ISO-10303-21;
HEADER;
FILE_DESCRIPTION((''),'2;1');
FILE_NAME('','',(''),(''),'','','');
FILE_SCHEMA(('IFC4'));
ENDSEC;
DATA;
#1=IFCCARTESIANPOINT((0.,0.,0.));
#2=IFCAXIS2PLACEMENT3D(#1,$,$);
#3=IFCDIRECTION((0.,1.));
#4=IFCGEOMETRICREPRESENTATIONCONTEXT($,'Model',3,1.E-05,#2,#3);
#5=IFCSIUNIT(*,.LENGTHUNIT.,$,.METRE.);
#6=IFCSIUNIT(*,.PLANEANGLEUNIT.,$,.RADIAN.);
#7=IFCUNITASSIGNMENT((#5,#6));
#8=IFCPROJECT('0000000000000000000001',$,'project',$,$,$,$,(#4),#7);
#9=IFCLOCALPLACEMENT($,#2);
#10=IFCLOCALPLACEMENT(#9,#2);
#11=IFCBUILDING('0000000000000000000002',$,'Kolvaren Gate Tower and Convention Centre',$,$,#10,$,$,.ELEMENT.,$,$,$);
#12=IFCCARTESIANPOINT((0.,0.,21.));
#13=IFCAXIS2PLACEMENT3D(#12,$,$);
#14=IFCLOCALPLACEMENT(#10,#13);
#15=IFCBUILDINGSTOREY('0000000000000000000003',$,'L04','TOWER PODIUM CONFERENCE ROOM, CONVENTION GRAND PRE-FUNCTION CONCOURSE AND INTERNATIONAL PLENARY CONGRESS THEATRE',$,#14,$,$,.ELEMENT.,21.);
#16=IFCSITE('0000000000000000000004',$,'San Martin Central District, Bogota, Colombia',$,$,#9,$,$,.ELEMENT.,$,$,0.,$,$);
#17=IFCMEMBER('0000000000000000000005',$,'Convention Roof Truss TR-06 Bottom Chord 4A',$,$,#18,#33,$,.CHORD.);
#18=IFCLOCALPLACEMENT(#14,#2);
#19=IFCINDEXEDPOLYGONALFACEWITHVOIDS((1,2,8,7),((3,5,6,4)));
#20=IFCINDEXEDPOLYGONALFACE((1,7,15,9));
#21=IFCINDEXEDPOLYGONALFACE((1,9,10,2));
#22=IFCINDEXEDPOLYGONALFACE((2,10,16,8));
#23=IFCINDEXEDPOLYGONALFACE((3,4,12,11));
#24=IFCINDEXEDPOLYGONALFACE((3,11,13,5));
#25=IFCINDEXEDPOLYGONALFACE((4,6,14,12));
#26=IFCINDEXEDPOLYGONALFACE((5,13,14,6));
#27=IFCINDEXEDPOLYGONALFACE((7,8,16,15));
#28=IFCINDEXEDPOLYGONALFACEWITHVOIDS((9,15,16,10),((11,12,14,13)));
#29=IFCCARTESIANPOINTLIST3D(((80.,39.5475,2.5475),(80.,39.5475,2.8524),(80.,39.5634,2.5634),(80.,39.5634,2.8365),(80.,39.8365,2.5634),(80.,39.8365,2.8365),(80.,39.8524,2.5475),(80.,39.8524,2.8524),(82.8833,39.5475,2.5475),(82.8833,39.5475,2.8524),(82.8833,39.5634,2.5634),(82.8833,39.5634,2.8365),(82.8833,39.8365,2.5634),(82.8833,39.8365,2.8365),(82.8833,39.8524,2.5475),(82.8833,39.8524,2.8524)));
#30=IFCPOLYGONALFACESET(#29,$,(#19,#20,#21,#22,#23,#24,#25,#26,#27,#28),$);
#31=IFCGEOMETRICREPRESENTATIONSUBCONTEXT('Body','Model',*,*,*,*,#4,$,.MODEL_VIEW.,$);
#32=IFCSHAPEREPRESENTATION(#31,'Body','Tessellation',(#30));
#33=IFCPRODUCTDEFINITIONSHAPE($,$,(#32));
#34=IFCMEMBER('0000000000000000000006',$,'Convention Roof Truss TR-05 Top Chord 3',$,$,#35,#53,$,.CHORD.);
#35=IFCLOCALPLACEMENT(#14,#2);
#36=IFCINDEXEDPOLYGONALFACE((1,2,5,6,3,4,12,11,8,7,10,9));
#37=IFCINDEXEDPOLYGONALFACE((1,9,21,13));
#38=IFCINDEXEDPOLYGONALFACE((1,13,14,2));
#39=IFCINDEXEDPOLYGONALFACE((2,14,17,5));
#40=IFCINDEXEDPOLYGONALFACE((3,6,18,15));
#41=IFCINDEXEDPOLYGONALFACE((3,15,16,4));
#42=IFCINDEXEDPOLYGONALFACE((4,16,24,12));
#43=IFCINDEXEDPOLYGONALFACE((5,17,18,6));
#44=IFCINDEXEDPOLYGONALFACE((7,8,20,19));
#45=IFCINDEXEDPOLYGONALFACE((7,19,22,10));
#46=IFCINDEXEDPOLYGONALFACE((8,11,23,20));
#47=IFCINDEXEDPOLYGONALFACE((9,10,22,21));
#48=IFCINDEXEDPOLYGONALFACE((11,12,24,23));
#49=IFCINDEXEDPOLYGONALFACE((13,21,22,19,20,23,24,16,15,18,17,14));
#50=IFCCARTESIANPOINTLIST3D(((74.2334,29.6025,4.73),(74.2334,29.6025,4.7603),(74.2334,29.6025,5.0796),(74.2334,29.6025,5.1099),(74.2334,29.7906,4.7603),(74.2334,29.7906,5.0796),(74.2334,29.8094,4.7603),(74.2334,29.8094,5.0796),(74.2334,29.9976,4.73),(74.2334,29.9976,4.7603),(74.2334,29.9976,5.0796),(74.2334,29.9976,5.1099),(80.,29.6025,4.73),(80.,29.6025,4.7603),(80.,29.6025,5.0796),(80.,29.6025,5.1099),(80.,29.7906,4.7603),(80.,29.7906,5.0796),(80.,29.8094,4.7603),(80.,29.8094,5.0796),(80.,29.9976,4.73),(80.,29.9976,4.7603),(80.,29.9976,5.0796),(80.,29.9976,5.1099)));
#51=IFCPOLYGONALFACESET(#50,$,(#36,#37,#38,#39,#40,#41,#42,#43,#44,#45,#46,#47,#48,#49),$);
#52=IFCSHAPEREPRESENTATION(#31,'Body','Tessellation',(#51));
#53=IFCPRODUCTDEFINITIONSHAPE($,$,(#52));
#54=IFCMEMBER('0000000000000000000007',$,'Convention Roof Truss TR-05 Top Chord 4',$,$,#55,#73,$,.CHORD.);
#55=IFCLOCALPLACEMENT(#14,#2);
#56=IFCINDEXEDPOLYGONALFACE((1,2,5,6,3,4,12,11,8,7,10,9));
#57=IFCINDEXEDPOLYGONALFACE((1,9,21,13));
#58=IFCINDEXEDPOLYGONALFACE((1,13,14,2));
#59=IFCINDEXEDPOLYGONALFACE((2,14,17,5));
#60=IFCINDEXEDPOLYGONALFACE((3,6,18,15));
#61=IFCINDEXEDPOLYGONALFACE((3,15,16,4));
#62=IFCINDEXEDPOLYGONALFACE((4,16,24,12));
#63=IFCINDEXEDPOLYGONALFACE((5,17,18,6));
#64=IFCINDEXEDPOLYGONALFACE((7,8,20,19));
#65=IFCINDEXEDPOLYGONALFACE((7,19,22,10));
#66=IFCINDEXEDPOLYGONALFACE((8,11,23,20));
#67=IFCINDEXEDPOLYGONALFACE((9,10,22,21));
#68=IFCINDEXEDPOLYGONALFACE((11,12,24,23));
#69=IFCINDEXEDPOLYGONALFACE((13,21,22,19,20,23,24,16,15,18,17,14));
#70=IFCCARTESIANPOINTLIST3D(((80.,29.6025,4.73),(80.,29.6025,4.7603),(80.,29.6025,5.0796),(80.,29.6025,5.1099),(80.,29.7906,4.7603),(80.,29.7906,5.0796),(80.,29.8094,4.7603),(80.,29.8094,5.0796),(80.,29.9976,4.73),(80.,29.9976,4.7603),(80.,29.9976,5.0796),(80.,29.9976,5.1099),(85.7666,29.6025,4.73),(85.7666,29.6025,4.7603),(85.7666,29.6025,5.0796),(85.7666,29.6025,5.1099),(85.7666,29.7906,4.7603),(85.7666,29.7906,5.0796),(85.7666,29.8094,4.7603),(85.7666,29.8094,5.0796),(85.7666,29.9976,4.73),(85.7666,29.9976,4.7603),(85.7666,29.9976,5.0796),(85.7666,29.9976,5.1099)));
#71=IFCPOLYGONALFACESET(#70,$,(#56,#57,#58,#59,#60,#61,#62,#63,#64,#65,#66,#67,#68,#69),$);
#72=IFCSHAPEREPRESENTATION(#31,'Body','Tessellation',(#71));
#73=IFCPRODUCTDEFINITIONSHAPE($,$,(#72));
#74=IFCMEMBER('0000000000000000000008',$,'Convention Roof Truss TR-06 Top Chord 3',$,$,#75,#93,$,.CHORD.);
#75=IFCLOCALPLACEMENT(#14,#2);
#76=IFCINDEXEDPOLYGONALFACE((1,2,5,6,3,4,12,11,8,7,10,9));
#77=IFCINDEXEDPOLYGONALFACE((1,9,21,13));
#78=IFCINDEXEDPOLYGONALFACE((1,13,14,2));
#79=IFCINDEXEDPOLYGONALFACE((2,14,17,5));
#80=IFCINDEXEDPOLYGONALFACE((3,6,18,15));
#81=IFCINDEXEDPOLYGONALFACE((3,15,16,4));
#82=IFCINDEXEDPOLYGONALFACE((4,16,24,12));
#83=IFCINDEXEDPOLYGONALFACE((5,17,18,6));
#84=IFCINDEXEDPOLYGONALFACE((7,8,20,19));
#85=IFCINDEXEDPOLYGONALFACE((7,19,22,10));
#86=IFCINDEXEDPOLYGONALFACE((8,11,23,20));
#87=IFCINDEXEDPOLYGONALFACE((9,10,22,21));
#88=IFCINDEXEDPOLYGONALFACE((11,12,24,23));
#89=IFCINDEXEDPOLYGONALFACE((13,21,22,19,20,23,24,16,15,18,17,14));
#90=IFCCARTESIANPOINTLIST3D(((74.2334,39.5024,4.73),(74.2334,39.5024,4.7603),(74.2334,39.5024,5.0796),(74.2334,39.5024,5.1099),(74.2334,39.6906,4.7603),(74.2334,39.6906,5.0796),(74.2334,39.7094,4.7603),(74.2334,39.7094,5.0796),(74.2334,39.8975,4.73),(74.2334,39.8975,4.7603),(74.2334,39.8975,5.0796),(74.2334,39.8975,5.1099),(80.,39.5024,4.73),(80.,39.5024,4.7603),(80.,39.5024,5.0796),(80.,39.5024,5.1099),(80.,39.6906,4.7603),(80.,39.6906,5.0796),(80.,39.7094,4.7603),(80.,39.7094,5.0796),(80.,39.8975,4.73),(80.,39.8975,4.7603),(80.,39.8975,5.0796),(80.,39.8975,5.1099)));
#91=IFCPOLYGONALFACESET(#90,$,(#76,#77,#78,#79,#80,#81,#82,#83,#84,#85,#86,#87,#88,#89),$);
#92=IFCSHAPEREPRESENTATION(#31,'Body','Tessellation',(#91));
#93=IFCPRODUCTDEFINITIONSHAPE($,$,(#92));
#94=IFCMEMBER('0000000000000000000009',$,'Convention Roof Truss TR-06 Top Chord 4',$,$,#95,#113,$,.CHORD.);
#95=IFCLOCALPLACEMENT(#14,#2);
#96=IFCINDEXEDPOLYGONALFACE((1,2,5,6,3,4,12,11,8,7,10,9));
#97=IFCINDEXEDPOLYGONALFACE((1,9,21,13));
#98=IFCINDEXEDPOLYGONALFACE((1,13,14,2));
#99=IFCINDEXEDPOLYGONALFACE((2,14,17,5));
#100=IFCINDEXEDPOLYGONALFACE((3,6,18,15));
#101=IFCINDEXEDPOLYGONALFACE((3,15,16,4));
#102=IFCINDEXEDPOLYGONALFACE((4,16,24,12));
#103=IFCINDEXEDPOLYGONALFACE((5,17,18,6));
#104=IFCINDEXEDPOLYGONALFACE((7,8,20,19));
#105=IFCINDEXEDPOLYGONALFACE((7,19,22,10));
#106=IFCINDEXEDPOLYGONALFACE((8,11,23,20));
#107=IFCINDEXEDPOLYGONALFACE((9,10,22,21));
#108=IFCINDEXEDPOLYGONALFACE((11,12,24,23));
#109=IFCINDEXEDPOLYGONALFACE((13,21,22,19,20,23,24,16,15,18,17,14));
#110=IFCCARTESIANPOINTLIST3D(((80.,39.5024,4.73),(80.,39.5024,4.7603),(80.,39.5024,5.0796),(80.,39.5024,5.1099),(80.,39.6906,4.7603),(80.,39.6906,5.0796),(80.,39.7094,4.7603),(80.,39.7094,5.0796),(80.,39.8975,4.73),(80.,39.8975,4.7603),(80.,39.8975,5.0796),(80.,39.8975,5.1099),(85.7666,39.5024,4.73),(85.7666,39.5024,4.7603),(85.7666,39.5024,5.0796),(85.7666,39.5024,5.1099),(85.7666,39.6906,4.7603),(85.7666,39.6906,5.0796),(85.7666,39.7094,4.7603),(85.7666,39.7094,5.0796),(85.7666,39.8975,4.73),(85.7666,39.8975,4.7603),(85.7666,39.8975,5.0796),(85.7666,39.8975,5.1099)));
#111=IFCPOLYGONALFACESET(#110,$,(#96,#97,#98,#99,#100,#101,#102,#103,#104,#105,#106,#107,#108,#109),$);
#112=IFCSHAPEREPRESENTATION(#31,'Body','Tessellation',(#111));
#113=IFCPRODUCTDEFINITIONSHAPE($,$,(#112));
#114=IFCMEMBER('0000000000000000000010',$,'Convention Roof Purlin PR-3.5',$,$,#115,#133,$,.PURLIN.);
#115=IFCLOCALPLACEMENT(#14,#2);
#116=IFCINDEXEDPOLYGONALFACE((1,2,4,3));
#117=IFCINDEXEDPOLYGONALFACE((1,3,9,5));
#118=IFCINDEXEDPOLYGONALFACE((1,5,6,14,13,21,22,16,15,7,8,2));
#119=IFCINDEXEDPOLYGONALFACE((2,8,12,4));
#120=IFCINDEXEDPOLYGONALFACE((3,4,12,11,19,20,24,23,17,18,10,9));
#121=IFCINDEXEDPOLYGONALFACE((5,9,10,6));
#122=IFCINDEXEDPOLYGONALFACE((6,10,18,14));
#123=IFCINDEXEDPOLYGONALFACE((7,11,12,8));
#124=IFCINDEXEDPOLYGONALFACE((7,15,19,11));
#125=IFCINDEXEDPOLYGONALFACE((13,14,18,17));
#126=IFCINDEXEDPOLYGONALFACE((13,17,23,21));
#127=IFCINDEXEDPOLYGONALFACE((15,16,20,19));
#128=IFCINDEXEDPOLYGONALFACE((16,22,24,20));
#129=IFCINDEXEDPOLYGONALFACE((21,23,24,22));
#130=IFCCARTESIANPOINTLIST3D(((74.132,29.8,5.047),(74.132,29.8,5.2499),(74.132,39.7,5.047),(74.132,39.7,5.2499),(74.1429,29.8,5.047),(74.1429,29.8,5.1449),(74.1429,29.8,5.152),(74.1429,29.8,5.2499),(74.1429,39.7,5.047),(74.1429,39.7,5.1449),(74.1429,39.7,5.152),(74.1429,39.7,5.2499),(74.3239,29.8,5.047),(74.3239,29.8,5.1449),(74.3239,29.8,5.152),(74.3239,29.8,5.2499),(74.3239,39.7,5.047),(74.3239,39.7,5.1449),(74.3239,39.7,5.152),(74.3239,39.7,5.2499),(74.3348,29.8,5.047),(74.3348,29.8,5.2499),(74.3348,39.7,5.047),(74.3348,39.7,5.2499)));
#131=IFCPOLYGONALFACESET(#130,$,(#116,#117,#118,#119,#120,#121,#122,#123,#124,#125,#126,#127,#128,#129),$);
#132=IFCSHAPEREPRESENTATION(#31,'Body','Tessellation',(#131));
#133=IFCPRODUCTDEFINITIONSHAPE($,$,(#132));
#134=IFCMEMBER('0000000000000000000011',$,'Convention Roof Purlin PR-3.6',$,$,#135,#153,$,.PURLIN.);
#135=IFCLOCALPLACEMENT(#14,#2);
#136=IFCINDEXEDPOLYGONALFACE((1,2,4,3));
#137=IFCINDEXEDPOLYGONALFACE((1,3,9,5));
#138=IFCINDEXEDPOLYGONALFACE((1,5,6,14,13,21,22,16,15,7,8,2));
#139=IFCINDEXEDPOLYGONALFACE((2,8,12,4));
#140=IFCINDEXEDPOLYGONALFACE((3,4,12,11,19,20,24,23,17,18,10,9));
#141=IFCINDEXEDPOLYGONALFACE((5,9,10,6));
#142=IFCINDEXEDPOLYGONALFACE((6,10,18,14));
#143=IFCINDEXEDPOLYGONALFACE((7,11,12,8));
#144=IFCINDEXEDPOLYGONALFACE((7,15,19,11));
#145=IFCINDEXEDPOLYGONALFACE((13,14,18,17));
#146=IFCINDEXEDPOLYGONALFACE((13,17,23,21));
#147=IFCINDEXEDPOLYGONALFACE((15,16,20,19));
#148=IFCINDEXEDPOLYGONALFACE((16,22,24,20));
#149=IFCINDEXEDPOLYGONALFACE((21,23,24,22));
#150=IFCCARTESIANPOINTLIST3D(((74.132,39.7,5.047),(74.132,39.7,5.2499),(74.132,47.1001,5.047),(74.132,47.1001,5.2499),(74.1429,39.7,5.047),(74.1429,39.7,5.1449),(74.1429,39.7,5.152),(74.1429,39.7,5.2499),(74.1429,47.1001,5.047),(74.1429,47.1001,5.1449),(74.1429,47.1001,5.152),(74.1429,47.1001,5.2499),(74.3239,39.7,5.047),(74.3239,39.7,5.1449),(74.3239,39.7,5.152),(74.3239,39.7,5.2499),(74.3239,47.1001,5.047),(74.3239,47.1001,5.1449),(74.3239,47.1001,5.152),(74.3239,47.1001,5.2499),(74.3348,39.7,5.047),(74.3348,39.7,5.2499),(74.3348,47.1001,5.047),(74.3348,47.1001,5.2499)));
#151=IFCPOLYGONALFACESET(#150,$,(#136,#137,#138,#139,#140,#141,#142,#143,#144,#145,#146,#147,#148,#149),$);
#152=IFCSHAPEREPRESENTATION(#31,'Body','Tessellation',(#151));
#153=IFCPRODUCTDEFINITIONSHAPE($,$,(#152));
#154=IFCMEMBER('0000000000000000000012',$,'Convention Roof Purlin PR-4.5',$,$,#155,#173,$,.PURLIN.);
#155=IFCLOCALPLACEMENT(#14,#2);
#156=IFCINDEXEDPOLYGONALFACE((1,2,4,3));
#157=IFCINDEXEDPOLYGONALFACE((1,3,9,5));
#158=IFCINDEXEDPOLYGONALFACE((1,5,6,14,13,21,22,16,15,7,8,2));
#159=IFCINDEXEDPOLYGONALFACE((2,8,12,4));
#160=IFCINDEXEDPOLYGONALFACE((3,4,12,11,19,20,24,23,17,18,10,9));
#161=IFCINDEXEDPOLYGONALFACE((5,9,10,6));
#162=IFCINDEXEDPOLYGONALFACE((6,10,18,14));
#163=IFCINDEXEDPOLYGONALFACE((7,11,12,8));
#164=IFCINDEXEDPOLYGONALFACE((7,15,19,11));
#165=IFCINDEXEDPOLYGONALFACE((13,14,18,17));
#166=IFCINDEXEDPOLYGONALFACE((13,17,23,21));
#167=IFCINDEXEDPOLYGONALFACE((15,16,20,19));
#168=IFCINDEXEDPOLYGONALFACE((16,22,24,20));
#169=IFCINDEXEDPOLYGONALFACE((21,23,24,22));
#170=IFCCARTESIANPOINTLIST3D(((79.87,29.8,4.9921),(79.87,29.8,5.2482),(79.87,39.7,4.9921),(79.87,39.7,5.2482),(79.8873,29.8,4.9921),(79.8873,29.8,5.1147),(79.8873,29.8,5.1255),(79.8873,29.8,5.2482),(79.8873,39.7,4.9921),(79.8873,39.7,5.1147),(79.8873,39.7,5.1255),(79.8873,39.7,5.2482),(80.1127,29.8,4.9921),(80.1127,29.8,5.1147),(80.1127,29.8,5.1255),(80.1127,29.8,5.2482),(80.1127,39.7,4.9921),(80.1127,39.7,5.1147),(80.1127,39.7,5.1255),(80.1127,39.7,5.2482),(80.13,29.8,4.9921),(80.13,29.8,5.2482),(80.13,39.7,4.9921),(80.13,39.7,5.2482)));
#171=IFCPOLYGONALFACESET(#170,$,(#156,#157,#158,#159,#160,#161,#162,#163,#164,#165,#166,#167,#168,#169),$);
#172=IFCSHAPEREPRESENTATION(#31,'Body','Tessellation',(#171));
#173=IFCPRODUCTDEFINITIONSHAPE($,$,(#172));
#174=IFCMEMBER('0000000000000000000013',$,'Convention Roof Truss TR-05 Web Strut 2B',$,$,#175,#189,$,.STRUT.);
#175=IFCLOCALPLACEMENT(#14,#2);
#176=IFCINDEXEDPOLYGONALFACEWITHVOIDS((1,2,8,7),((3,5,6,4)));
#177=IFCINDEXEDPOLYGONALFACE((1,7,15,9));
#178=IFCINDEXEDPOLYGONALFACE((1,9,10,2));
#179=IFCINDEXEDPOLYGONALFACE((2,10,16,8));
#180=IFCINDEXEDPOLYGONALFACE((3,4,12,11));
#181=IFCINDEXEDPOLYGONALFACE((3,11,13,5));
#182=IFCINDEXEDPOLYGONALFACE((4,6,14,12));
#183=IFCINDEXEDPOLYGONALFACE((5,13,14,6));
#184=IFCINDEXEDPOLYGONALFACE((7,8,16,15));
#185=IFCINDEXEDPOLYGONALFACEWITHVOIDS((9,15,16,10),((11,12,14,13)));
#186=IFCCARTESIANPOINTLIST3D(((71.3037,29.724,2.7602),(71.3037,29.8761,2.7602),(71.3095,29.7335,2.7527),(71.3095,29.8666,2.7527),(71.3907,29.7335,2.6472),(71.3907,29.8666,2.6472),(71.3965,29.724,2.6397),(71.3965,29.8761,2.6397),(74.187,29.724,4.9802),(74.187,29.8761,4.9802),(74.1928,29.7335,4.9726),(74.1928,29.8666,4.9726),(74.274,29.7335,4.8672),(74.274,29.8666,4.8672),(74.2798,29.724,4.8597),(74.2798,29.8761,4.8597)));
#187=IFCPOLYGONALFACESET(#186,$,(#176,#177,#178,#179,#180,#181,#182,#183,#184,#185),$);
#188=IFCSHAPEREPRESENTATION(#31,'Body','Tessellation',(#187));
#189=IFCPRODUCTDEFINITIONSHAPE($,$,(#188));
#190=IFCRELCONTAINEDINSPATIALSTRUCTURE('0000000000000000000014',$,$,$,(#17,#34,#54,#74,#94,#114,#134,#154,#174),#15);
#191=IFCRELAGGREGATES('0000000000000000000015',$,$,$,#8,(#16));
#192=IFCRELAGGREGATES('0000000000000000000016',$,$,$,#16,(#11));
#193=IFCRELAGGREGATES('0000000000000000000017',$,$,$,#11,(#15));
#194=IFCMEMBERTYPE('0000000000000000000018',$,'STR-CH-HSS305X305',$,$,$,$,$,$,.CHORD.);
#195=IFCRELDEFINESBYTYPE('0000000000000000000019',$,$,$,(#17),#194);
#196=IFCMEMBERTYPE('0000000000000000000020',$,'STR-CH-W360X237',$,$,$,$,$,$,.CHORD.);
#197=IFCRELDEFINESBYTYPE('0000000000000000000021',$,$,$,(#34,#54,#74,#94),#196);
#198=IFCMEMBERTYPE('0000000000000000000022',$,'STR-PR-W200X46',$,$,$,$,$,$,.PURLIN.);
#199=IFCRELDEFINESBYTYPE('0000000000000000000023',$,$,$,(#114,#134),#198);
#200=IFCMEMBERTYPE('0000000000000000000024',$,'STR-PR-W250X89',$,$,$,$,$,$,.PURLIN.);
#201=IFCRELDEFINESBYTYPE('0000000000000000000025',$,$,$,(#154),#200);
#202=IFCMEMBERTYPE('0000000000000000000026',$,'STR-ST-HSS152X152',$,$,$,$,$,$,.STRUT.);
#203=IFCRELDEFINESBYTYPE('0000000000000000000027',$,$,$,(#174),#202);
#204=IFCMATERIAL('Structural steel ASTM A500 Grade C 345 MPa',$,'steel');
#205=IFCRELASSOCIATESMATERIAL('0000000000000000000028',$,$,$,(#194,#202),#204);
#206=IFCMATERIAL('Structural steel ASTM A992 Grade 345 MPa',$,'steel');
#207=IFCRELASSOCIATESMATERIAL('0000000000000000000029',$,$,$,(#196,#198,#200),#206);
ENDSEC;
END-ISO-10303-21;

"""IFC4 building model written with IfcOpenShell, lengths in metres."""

from ifc_helpers import new_model, si_unit, direction, frame, origin, origin_2d, place, context, subcontext, project, spatial, hollow_rectangle, i_section, extrude, material, material_profile, profile_set, type_object, element, save


model = new_model("IFC4")

# Units and contexts
model_context = context("Model", 3, precision=1e-05, world=origin(), true_north=direction((0.0, 1.0)))
body_context = subcontext(model_context, "Body", "Model", "MODEL_VIEW")
ifc_project = project(units=[si_unit("LENGTHUNIT", "METRE"), si_unit("PLANEANGLEUNIT", "RADIAN")], contexts=[model_context])

# Site, building, storey
site_placement = place(None, origin())
site = spatial("IfcSite", under=ifc_project, at=site_placement, Name="San Martin Central District, Bogota, Colombia", CompositionType="ELEMENT", RefElevation=0.0)
building_placement = place(site_placement, origin())
building = spatial("IfcBuilding", under=site, at=building_placement, Name="Kolvaren Gate Tower and Convention Centre", CompositionType="ELEMENT")
storey_placement = place(building_placement, frame((0.0, 0.0, 21.0)))
storey = spatial("IfcBuildingStorey", under=building, at=storey_placement, Name="L04", Description="TOWER PODIUM CONFERENCE ROOM, CONVENTION GRAND PRE-FUNCTION CONCOURSE AND INTERNATIONAL PLENARY CONGRESS THEATRE", CompositionType="ELEMENT", Elevation=21.0)

# Shared definitions
ifc_material_1 = material(Name="Structural steel ASTM A992 Grade 345 MPa", Category="steel")

# Members
ifc_material_2 = material(Name="Structural steel ASTM A500 Grade C 345 MPa", Category="steel")
ifc_material_profile_1 = material_profile(ifc_material_2, hollow_rectangle(XDim=0.3049, YDim=0.3049, WallThickness=0.0159, at=origin_2d()), Name="HSS305X305X15.9")
ifc_profile_set_1 = profile_set([ifc_material_profile_1], Name="Structural steel ASTM A500 Grade C 345 MPa")
member_type_1 = type_object("IfcMemberType", Name="STR-CH-HSS305X305", PredefinedType="CHORD", material=ifc_profile_set_1)
for number, where, z_axis, x_axis, name in (
    (1, (80.0, 39.7, 2.7), (1.0, 0.0, 0.0), (0.0, 1.0, 0.0), "Convention Roof Truss TR-06 Bottom Chord 4A"),
):
    element("IfcMember", number, at=place(storey_placement, frame(where, z_axis=z_axis, x_axis=x_axis)), inside=storey, type_object=member_type_1, Name=name, PredefinedType="CHORD", context=body_context, shape_type="SweptSolid", body=[
        extrude(hollow_rectangle(XDim=0.3049, YDim=0.3049, WallThickness=0.0159, at=origin_2d()), origin(), (0.0, 0.0, 1.0), 2.8833),
    ])
ifc_material_profile_2 = material_profile(ifc_material_1, i_section(OverallWidth=0.395, OverallDepth=0.3799, WebThickness=0.0188, FlangeThickness=0.0303, at=origin_2d()), Name="W360X237")
ifc_profile_set_2 = profile_set([ifc_material_profile_2], Name="Structural steel ASTM A992 Grade 345 MPa")
member_type_2 = type_object("IfcMemberType", Name="STR-CH-W360X237", PredefinedType="CHORD", material=ifc_profile_set_2)
for number, where, z_axis, x_axis, name in (
    (2, (74.2334, 29.8, 4.9199), (1.0, 0.0, 0.0), (0.0, 1.0, 0.0), "Convention Roof Truss TR-05 Top Chord 3"),
    (3, (80.0, 29.8, 4.9199), (1.0, 0.0, 0.0), (0.0, 1.0, 0.0), "Convention Roof Truss TR-05 Top Chord 4"),
    (4, (74.2334, 39.7, 4.9199), (1.0, 0.0, 0.0), (0.0, 1.0, 0.0), "Convention Roof Truss TR-06 Top Chord 3"),
    (5, (80.0, 39.7, 4.9199), (1.0, 0.0, 0.0), (0.0, 1.0, 0.0), "Convention Roof Truss TR-06 Top Chord 4"),
):
    element("IfcMember", number, at=place(storey_placement, frame(where, z_axis=z_axis, x_axis=x_axis)), inside=storey, type_object=member_type_2, Name=name, PredefinedType="CHORD", context=body_context, shape_type="SweptSolid", body=[
        extrude(i_section(OverallWidth=0.395, OverallDepth=0.3799, WebThickness=0.0188, FlangeThickness=0.0303, at=origin_2d()), origin(), (0.0, 0.0, 1.0), 5.7666),
    ])
ifc_material_profile_3 = material_profile(ifc_material_1, i_section(OverallWidth=0.2029, OverallDepth=0.2029, WebThickness=0.0071, FlangeThickness=0.011, at=origin_2d()), Name="W200X46")
ifc_profile_set_3 = profile_set([ifc_material_profile_3], Name="Structural steel ASTM A992 Grade 345 MPa")
member_type_3 = type_object("IfcMemberType", Name="STR-PR-W200X46", PredefinedType="PURLIN", material=ifc_profile_set_3)
member_1_placement = place(storey_placement, frame((74.2334, 29.8, 5.1484), z_axis=(0.0, 1.0, 0.0), x_axis=(0.0, 0.0, 1.0)))
element("IfcMember", 6, at=member_1_placement, inside=storey, type_object=member_type_3, Name="Convention Roof Purlin PR-3.5", PredefinedType="PURLIN", context=body_context, shape_type="SweptSolid", body=[
    extrude(i_section(OverallWidth=0.2029, OverallDepth=0.2029, WebThickness=0.0071, FlangeThickness=0.011, at=origin_2d()), origin(), (0.0, 0.0, 1.0), 9.8999),
])
member_2_placement = place(storey_placement, frame((74.2334, 39.7, 5.1484), z_axis=(0.0, 1.0, 0.0), x_axis=(0.0, 0.0, 1.0)))
element("IfcMember", 7, at=member_2_placement, inside=storey, type_object=member_type_3, Name="Convention Roof Purlin PR-3.6", PredefinedType="PURLIN", context=body_context, shape_type="SweptSolid", body=[
    extrude(i_section(OverallWidth=0.2029, OverallDepth=0.2029, WebThickness=0.0071, FlangeThickness=0.011, at=origin_2d()), origin(), (0.0, 0.0, 1.0), 7.4001),
])
ifc_material_profile_4 = material_profile(ifc_material_1, i_section(OverallWidth=0.2561, OverallDepth=0.26, WebThickness=0.0107, FlangeThickness=0.0173, at=origin_2d()), Name="W250X89")
ifc_profile_set_4 = profile_set([ifc_material_profile_4], Name="Structural steel ASTM A992 Grade 345 MPa")
member_type_4 = type_object("IfcMemberType", Name="STR-PR-W250X89", PredefinedType="PURLIN", material=ifc_profile_set_4)
member_3_placement = place(storey_placement, frame((80.0, 29.8, 5.1201), z_axis=(0.0, 1.0, 0.0), x_axis=(0.0, 0.0, 1.0)))
element("IfcMember", 8, at=member_3_placement, inside=storey, type_object=member_type_4, Name="Convention Roof Purlin PR-4.5", PredefinedType="PURLIN", context=body_context, shape_type="SweptSolid", body=[
    extrude(i_section(OverallWidth=0.2561, OverallDepth=0.26, WebThickness=0.0107, FlangeThickness=0.0173, at=origin_2d()), origin(), (0.0, 0.0, 1.0), 9.8999),
])
ifc_material_profile_5 = material_profile(ifc_material_2, hollow_rectangle(XDim=0.1521, YDim=0.1521, WallThickness=0.0095, at=origin_2d()), Name="HSS152X152X9.5")
ifc_profile_set_5 = profile_set([ifc_material_profile_5], Name="Structural steel ASTM A500 Grade C 345 MPa")
member_type_5 = type_object("IfcMemberType", Name="STR-ST-HSS152X152", PredefinedType="STRUT", material=ifc_profile_set_5)
for number, where, z_axis, x_axis, name in (
    (9, (71.3501, 29.8, 2.7), (0.792352, 0.0, 0.610064), (0.0, 1.0, 0.0), "Convention Roof Truss TR-05 Web Strut 2B"),
):
    element("IfcMember", number, at=place(storey_placement, frame(where, z_axis=z_axis, x_axis=x_axis)), inside=storey, type_object=member_type_5, Name=name, PredefinedType="STRUT", context=body_context, shape_type="SweptSolid", body=[
        extrude(hollow_rectangle(XDim=0.1521, YDim=0.1521, WallThickness=0.0095, at=origin_2d()), origin(), (0.0, 0.0, 1.0), 3.6389),
    ])

save(model, "model.ifc")
